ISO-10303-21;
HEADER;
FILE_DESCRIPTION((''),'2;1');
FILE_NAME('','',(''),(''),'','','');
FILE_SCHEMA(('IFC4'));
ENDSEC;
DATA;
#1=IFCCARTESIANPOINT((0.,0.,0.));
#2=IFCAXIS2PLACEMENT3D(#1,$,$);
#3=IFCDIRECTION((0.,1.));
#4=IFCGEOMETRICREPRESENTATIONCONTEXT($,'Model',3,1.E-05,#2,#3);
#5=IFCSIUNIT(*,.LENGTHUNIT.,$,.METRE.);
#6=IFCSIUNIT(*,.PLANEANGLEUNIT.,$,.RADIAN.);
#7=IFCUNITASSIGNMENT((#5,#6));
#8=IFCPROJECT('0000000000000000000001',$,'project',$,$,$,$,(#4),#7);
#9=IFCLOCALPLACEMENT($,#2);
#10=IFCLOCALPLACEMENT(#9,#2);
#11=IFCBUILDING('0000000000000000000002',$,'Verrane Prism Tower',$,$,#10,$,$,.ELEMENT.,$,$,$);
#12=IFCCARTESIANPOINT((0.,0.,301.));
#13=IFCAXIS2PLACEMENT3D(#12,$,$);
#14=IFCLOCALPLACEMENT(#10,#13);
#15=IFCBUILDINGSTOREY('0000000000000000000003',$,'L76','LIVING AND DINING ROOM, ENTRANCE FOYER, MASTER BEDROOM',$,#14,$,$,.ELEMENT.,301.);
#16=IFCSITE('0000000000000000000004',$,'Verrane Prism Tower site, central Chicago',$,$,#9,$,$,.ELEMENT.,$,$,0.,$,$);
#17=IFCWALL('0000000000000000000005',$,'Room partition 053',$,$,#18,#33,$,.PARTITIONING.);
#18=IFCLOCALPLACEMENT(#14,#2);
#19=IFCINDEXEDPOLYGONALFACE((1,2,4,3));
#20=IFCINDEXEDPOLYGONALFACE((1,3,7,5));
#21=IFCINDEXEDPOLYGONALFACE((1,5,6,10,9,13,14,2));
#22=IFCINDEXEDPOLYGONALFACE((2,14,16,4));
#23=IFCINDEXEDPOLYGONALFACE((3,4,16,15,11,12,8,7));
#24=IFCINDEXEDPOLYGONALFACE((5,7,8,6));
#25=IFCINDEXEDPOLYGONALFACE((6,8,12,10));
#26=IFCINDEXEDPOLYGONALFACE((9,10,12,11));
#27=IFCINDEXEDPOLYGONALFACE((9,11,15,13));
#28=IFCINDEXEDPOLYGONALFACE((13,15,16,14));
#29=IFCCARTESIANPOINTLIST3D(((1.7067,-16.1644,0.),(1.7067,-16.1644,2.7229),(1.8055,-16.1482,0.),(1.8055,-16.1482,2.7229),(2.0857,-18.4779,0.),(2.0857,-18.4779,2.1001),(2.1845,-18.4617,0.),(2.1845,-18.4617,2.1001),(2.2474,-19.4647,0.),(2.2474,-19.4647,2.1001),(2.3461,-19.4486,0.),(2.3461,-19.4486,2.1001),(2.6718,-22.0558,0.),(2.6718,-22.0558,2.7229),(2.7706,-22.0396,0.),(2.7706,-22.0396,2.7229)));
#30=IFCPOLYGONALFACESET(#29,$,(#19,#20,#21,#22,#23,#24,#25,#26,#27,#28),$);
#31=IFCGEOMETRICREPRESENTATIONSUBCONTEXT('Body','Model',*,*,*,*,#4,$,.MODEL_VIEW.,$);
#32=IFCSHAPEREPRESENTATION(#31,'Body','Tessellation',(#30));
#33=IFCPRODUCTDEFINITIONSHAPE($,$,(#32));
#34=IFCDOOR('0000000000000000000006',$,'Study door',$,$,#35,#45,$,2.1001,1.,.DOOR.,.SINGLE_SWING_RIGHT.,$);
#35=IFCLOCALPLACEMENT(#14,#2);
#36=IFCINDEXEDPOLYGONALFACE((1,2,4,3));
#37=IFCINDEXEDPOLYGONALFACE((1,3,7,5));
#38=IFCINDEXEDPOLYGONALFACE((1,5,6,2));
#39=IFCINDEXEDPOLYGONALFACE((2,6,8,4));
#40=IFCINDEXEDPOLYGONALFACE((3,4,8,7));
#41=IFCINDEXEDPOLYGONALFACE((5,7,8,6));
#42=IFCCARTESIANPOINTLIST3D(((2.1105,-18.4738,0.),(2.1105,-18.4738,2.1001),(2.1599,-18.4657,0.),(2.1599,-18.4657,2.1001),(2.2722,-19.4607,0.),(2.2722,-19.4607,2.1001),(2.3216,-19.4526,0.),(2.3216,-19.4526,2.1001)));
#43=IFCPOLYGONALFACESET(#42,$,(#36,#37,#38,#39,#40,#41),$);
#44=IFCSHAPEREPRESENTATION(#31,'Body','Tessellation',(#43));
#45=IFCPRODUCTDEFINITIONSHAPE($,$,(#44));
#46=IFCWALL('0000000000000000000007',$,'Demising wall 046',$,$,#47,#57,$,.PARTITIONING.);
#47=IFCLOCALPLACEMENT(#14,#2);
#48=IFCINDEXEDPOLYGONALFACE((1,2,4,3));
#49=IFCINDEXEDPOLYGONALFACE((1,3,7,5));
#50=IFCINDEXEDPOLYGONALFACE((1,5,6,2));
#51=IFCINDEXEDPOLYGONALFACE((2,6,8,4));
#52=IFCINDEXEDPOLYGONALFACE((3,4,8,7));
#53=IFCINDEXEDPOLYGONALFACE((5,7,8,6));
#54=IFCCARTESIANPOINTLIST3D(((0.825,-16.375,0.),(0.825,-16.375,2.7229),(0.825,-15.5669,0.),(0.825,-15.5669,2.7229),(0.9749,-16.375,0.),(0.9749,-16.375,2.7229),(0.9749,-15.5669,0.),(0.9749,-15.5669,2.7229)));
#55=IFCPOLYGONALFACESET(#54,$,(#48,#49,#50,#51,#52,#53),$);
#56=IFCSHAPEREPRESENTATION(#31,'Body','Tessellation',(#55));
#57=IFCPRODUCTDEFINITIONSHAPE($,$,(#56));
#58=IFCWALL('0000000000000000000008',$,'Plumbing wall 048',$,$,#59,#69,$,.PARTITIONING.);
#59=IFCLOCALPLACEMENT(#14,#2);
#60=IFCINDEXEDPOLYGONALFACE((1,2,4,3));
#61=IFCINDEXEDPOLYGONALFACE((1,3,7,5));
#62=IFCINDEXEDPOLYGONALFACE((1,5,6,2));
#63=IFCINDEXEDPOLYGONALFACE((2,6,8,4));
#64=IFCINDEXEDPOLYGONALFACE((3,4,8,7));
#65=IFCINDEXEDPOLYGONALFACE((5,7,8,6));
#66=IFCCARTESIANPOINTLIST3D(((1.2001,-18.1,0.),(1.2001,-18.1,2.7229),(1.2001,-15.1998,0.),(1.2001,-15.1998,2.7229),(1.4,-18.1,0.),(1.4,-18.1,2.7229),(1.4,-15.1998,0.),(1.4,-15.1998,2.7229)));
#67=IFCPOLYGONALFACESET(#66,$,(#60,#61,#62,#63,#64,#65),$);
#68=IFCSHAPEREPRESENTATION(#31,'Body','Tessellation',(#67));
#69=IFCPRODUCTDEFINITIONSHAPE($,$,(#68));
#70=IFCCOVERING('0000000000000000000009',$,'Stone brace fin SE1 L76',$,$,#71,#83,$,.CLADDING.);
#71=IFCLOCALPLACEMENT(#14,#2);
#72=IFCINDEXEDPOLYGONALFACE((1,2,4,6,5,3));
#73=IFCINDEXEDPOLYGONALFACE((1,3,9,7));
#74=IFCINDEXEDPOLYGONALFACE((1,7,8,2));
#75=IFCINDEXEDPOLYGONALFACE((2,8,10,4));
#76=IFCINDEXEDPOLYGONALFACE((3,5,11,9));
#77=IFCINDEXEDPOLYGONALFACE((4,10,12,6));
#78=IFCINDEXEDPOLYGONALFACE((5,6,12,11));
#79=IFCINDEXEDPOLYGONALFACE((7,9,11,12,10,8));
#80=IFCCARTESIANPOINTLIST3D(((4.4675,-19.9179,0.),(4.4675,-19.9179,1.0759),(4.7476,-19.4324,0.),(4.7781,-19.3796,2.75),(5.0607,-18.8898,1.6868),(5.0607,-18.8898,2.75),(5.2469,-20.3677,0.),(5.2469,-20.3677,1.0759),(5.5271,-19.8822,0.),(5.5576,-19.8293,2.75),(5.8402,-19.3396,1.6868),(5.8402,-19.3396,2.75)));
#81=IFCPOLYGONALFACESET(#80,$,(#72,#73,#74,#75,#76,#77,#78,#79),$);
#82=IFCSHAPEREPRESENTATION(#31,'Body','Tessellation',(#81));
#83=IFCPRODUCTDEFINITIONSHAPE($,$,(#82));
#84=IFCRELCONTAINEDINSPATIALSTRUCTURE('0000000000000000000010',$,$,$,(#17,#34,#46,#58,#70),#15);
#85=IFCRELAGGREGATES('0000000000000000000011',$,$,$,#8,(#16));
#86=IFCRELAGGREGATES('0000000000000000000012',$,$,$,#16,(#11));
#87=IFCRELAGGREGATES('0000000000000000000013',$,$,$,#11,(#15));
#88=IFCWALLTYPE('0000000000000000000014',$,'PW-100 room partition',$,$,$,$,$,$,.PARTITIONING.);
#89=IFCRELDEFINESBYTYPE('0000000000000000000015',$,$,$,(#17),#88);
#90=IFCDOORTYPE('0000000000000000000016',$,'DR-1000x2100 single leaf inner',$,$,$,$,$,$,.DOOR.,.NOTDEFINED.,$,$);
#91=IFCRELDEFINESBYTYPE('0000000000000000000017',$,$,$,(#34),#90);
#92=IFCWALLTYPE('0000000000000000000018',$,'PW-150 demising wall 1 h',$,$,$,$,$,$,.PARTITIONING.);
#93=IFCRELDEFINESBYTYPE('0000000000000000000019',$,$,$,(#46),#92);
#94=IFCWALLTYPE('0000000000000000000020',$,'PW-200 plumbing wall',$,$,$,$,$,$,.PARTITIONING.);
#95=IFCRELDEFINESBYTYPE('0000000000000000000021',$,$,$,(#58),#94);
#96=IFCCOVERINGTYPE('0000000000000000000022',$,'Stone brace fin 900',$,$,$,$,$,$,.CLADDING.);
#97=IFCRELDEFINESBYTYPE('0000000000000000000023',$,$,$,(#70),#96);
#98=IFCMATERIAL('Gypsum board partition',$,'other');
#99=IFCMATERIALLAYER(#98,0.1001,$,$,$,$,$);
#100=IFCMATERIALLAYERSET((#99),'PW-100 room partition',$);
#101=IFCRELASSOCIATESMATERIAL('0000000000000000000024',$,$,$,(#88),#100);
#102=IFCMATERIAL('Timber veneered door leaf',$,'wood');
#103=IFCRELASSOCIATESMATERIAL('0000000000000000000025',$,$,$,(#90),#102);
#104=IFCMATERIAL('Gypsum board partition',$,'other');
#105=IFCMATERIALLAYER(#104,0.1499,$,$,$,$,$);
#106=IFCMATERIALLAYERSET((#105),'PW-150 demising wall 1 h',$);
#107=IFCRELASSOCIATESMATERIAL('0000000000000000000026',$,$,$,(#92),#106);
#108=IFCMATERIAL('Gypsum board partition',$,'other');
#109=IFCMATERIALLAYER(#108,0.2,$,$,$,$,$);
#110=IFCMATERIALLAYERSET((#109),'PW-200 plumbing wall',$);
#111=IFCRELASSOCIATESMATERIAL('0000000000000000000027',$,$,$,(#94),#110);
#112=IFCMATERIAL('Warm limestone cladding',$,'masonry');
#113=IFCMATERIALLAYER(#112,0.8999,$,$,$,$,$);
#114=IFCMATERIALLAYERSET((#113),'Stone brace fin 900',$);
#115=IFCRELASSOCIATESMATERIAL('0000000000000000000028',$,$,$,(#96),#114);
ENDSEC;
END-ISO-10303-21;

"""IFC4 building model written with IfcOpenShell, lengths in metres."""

from ifc_helpers import new_model, si_unit, direction, frame, frame_2d, origin, place, context, subcontext, project, spatial, polyline, rectangle, outline, extrude, material, layer, layer_set, type_object, element, fill, save


model = new_model("IFC4")

# Units and contexts
model_context = context("Model", 3, precision=1e-05, world=origin(), true_north=direction((0.0, 1.0)))
body_context = subcontext(model_context, "Body", "Model", "MODEL_VIEW")
ifc_project = project(units=[si_unit("LENGTHUNIT", "METRE"), si_unit("PLANEANGLEUNIT", "RADIAN")], contexts=[model_context])

# Site, building, storey
site_placement = place(None, origin())
site = spatial("IfcSite", under=ifc_project, at=site_placement, Name="Verrane Prism Tower site, central Chicago", CompositionType="ELEMENT", RefElevation=0.0)
building_placement = place(site_placement, origin())
building = spatial("IfcBuilding", under=site, at=building_placement, Name="Verrane Prism Tower", CompositionType="ELEMENT")
storey_placement = place(building_placement, frame((0.0, 0.0, 301.0)))
storey = spatial("IfcBuildingStorey", under=building, at=storey_placement, Name="L76", Description="LIVING AND DINING ROOM, ENTRANCE FOYER, MASTER BEDROOM", CompositionType="ELEMENT", Elevation=301.0)

# Wall, opening, door
ifc_material_1 = material(Name="Gypsum board partition", Category="other")
ifc_layer_1 = layer(ifc_material_1, 0.1001)
ifc_layer_set_1 = layer_set([ifc_layer_1], Name="PW-100 room partition")
wall_type_1 = type_object("IfcWallType", Name="PW-100 room partition", PredefinedType="PARTITIONING", material=ifc_layer_set_1)
wall_1_placement = place(storey_placement, frame((2.7212, -22.0476, 0.0), z_axis=(0.0, 0.0, 1.0), x_axis=(-0.161659, 0.986847, 0.0)))
wall_1 = element("IfcWall", 1, at=wall_1_placement, inside=storey, type_object=wall_type_1, Name="Room partition 053", PredefinedType="PARTITIONING", context=body_context, shape_type="SweptSolid", body=[
    extrude(rectangle(XDim=5.97, YDim=0.1001, at=frame_2d((2.9849, 0.0))), origin(), (0.0, 0.0, 1.0), 2.7229),
])
opening_1_placement = place(wall_1_placement, frame((2.6255, 0.0, 0.0)))
opening_1 = element("IfcOpeningElement", 2, at=opening_1_placement, cuts=wall_1, PredefinedType="OPENING", context=body_context, shape_type="SweptSolid", body=[
    extrude(rectangle(XDim=1.0, YDim=2.1001, at=frame_2d((0.5, 1.05))), frame((0.0, 0.0601, 0.0), z_axis=(0.0, -1.0, 0.0), x_axis=(1.0, 0.0, 0.0)), (0.0, 0.0, 1.0), 0.1201),
])
ifc_material_2 = material(Name="Timber veneered door leaf", Category="wood")
door_type_1 = type_object("IfcDoorType", Name="DR-1000x2100 single leaf inner", OperationType="NOTDEFINED", PredefinedType="DOOR", material=ifc_material_2)
door_1_placement = place(opening_1_placement, origin())
door_1 = element("IfcDoor", 3, at=door_1_placement, inside=storey, type_object=door_type_1, Name="Study door", OperationType="SINGLE_SWING_RIGHT", OverallHeight=2.1001, OverallWidth=1.0, PredefinedType="DOOR", context=body_context, shape_type="SweptSolid", body=[
    extrude(rectangle(XDim=1.0, YDim=2.1001, at=frame_2d((0.5, 1.05))), frame((0.0, 0.0249, 0.0), z_axis=(0.0, -1.0, 0.0), x_axis=(1.0, 0.0, 0.0)), (0.0, 0.0, 1.0), 0.05),
])
fill(opening_1, door_1)

# Walls
ifc_material_3 = material(Name="Gypsum board partition", Category="other")
ifc_layer_2 = layer(ifc_material_3, 0.1499)
ifc_layer_set_2 = layer_set([ifc_layer_2], Name="PW-150 demising wall 1 h")
wall_type_2 = type_object("IfcWallType", Name="PW-150 demising wall 1 h", PredefinedType="PARTITIONING", material=ifc_layer_set_2)
wall_2_placement = place(storey_placement, frame((0.8999, -16.375, 0.0), z_axis=(0.0, 0.0, 1.0), x_axis=(0.0, 1.0, 0.0)))
element("IfcWall", 4, at=wall_2_placement, inside=storey, type_object=wall_type_2, Name="Demising wall 046", PredefinedType="PARTITIONING", context=body_context, shape_type="SweptSolid", body=[
    extrude(rectangle(XDim=0.8081, YDim=0.1499, at=frame_2d((0.4041, 0.0))), origin(), (0.0, 0.0, 1.0), 2.7229),
])
ifc_material_4 = material(Name="Gypsum board partition", Category="other")
ifc_layer_3 = layer(ifc_material_4, 0.2)
ifc_layer_set_3 = layer_set([ifc_layer_3], Name="PW-200 plumbing wall")
wall_type_3 = type_object("IfcWallType", Name="PW-200 plumbing wall", PredefinedType="PARTITIONING", material=ifc_layer_set_3)
wall_3_placement = place(storey_placement, frame((1.3, -18.1001, 0.0), z_axis=(0.0, 0.0, 1.0), x_axis=(0.0, 1.0, 0.0)))
element("IfcWall", 5, at=wall_3_placement, inside=storey, type_object=wall_type_3, Name="Plumbing wall 048", PredefinedType="PARTITIONING", context=body_context, shape_type="SweptSolid", body=[
    extrude(rectangle(XDim=2.9001, YDim=0.2, at=frame_2d((1.4502, 0.0))), origin(), (0.0, 0.0, 1.0), 2.7229),
])

# Covering
ifc_material_5 = material(Name="Warm limestone cladding", Category="masonry")
ifc_layer_4 = layer(ifc_material_5, 0.8999)
ifc_layer_set_4 = layer_set([ifc_layer_4], Name="Stone brace fin 900")
covering_type = type_object("IfcCoveringType", Name="Stone brace fin 900", PredefinedType="CLADDING", material=ifc_layer_set_4)
covering_placement = place(storey_placement, frame((4.8572, -20.1428, 0.0), z_axis=(0.0, 0.0, 1.0), x_axis=(0.499811, 0.866134, 0.0)))
element("IfcCovering", 6, at=covering_placement, inside=storey, type_object=covering_type, Name="Stone brace fin SE1 L76", PredefinedType="CLADDING", context=body_context, shape_type="SweptSolid", body=[
    extrude(outline(polyline([(1.187, 2.75), (0.6216, 2.75), (0.0, 1.0759), (0.0, 0.0), (0.5605, 0.0), (1.187, 1.6868), (1.187, 2.75)])), frame((0.0, 0.45, 0.0), z_axis=(0.0, -1.0, 0.0), x_axis=(1.0, 0.0, 0.0)), (0.0, 0.0, 1.0), 0.8999),
])

save(model, "model.ifc")
